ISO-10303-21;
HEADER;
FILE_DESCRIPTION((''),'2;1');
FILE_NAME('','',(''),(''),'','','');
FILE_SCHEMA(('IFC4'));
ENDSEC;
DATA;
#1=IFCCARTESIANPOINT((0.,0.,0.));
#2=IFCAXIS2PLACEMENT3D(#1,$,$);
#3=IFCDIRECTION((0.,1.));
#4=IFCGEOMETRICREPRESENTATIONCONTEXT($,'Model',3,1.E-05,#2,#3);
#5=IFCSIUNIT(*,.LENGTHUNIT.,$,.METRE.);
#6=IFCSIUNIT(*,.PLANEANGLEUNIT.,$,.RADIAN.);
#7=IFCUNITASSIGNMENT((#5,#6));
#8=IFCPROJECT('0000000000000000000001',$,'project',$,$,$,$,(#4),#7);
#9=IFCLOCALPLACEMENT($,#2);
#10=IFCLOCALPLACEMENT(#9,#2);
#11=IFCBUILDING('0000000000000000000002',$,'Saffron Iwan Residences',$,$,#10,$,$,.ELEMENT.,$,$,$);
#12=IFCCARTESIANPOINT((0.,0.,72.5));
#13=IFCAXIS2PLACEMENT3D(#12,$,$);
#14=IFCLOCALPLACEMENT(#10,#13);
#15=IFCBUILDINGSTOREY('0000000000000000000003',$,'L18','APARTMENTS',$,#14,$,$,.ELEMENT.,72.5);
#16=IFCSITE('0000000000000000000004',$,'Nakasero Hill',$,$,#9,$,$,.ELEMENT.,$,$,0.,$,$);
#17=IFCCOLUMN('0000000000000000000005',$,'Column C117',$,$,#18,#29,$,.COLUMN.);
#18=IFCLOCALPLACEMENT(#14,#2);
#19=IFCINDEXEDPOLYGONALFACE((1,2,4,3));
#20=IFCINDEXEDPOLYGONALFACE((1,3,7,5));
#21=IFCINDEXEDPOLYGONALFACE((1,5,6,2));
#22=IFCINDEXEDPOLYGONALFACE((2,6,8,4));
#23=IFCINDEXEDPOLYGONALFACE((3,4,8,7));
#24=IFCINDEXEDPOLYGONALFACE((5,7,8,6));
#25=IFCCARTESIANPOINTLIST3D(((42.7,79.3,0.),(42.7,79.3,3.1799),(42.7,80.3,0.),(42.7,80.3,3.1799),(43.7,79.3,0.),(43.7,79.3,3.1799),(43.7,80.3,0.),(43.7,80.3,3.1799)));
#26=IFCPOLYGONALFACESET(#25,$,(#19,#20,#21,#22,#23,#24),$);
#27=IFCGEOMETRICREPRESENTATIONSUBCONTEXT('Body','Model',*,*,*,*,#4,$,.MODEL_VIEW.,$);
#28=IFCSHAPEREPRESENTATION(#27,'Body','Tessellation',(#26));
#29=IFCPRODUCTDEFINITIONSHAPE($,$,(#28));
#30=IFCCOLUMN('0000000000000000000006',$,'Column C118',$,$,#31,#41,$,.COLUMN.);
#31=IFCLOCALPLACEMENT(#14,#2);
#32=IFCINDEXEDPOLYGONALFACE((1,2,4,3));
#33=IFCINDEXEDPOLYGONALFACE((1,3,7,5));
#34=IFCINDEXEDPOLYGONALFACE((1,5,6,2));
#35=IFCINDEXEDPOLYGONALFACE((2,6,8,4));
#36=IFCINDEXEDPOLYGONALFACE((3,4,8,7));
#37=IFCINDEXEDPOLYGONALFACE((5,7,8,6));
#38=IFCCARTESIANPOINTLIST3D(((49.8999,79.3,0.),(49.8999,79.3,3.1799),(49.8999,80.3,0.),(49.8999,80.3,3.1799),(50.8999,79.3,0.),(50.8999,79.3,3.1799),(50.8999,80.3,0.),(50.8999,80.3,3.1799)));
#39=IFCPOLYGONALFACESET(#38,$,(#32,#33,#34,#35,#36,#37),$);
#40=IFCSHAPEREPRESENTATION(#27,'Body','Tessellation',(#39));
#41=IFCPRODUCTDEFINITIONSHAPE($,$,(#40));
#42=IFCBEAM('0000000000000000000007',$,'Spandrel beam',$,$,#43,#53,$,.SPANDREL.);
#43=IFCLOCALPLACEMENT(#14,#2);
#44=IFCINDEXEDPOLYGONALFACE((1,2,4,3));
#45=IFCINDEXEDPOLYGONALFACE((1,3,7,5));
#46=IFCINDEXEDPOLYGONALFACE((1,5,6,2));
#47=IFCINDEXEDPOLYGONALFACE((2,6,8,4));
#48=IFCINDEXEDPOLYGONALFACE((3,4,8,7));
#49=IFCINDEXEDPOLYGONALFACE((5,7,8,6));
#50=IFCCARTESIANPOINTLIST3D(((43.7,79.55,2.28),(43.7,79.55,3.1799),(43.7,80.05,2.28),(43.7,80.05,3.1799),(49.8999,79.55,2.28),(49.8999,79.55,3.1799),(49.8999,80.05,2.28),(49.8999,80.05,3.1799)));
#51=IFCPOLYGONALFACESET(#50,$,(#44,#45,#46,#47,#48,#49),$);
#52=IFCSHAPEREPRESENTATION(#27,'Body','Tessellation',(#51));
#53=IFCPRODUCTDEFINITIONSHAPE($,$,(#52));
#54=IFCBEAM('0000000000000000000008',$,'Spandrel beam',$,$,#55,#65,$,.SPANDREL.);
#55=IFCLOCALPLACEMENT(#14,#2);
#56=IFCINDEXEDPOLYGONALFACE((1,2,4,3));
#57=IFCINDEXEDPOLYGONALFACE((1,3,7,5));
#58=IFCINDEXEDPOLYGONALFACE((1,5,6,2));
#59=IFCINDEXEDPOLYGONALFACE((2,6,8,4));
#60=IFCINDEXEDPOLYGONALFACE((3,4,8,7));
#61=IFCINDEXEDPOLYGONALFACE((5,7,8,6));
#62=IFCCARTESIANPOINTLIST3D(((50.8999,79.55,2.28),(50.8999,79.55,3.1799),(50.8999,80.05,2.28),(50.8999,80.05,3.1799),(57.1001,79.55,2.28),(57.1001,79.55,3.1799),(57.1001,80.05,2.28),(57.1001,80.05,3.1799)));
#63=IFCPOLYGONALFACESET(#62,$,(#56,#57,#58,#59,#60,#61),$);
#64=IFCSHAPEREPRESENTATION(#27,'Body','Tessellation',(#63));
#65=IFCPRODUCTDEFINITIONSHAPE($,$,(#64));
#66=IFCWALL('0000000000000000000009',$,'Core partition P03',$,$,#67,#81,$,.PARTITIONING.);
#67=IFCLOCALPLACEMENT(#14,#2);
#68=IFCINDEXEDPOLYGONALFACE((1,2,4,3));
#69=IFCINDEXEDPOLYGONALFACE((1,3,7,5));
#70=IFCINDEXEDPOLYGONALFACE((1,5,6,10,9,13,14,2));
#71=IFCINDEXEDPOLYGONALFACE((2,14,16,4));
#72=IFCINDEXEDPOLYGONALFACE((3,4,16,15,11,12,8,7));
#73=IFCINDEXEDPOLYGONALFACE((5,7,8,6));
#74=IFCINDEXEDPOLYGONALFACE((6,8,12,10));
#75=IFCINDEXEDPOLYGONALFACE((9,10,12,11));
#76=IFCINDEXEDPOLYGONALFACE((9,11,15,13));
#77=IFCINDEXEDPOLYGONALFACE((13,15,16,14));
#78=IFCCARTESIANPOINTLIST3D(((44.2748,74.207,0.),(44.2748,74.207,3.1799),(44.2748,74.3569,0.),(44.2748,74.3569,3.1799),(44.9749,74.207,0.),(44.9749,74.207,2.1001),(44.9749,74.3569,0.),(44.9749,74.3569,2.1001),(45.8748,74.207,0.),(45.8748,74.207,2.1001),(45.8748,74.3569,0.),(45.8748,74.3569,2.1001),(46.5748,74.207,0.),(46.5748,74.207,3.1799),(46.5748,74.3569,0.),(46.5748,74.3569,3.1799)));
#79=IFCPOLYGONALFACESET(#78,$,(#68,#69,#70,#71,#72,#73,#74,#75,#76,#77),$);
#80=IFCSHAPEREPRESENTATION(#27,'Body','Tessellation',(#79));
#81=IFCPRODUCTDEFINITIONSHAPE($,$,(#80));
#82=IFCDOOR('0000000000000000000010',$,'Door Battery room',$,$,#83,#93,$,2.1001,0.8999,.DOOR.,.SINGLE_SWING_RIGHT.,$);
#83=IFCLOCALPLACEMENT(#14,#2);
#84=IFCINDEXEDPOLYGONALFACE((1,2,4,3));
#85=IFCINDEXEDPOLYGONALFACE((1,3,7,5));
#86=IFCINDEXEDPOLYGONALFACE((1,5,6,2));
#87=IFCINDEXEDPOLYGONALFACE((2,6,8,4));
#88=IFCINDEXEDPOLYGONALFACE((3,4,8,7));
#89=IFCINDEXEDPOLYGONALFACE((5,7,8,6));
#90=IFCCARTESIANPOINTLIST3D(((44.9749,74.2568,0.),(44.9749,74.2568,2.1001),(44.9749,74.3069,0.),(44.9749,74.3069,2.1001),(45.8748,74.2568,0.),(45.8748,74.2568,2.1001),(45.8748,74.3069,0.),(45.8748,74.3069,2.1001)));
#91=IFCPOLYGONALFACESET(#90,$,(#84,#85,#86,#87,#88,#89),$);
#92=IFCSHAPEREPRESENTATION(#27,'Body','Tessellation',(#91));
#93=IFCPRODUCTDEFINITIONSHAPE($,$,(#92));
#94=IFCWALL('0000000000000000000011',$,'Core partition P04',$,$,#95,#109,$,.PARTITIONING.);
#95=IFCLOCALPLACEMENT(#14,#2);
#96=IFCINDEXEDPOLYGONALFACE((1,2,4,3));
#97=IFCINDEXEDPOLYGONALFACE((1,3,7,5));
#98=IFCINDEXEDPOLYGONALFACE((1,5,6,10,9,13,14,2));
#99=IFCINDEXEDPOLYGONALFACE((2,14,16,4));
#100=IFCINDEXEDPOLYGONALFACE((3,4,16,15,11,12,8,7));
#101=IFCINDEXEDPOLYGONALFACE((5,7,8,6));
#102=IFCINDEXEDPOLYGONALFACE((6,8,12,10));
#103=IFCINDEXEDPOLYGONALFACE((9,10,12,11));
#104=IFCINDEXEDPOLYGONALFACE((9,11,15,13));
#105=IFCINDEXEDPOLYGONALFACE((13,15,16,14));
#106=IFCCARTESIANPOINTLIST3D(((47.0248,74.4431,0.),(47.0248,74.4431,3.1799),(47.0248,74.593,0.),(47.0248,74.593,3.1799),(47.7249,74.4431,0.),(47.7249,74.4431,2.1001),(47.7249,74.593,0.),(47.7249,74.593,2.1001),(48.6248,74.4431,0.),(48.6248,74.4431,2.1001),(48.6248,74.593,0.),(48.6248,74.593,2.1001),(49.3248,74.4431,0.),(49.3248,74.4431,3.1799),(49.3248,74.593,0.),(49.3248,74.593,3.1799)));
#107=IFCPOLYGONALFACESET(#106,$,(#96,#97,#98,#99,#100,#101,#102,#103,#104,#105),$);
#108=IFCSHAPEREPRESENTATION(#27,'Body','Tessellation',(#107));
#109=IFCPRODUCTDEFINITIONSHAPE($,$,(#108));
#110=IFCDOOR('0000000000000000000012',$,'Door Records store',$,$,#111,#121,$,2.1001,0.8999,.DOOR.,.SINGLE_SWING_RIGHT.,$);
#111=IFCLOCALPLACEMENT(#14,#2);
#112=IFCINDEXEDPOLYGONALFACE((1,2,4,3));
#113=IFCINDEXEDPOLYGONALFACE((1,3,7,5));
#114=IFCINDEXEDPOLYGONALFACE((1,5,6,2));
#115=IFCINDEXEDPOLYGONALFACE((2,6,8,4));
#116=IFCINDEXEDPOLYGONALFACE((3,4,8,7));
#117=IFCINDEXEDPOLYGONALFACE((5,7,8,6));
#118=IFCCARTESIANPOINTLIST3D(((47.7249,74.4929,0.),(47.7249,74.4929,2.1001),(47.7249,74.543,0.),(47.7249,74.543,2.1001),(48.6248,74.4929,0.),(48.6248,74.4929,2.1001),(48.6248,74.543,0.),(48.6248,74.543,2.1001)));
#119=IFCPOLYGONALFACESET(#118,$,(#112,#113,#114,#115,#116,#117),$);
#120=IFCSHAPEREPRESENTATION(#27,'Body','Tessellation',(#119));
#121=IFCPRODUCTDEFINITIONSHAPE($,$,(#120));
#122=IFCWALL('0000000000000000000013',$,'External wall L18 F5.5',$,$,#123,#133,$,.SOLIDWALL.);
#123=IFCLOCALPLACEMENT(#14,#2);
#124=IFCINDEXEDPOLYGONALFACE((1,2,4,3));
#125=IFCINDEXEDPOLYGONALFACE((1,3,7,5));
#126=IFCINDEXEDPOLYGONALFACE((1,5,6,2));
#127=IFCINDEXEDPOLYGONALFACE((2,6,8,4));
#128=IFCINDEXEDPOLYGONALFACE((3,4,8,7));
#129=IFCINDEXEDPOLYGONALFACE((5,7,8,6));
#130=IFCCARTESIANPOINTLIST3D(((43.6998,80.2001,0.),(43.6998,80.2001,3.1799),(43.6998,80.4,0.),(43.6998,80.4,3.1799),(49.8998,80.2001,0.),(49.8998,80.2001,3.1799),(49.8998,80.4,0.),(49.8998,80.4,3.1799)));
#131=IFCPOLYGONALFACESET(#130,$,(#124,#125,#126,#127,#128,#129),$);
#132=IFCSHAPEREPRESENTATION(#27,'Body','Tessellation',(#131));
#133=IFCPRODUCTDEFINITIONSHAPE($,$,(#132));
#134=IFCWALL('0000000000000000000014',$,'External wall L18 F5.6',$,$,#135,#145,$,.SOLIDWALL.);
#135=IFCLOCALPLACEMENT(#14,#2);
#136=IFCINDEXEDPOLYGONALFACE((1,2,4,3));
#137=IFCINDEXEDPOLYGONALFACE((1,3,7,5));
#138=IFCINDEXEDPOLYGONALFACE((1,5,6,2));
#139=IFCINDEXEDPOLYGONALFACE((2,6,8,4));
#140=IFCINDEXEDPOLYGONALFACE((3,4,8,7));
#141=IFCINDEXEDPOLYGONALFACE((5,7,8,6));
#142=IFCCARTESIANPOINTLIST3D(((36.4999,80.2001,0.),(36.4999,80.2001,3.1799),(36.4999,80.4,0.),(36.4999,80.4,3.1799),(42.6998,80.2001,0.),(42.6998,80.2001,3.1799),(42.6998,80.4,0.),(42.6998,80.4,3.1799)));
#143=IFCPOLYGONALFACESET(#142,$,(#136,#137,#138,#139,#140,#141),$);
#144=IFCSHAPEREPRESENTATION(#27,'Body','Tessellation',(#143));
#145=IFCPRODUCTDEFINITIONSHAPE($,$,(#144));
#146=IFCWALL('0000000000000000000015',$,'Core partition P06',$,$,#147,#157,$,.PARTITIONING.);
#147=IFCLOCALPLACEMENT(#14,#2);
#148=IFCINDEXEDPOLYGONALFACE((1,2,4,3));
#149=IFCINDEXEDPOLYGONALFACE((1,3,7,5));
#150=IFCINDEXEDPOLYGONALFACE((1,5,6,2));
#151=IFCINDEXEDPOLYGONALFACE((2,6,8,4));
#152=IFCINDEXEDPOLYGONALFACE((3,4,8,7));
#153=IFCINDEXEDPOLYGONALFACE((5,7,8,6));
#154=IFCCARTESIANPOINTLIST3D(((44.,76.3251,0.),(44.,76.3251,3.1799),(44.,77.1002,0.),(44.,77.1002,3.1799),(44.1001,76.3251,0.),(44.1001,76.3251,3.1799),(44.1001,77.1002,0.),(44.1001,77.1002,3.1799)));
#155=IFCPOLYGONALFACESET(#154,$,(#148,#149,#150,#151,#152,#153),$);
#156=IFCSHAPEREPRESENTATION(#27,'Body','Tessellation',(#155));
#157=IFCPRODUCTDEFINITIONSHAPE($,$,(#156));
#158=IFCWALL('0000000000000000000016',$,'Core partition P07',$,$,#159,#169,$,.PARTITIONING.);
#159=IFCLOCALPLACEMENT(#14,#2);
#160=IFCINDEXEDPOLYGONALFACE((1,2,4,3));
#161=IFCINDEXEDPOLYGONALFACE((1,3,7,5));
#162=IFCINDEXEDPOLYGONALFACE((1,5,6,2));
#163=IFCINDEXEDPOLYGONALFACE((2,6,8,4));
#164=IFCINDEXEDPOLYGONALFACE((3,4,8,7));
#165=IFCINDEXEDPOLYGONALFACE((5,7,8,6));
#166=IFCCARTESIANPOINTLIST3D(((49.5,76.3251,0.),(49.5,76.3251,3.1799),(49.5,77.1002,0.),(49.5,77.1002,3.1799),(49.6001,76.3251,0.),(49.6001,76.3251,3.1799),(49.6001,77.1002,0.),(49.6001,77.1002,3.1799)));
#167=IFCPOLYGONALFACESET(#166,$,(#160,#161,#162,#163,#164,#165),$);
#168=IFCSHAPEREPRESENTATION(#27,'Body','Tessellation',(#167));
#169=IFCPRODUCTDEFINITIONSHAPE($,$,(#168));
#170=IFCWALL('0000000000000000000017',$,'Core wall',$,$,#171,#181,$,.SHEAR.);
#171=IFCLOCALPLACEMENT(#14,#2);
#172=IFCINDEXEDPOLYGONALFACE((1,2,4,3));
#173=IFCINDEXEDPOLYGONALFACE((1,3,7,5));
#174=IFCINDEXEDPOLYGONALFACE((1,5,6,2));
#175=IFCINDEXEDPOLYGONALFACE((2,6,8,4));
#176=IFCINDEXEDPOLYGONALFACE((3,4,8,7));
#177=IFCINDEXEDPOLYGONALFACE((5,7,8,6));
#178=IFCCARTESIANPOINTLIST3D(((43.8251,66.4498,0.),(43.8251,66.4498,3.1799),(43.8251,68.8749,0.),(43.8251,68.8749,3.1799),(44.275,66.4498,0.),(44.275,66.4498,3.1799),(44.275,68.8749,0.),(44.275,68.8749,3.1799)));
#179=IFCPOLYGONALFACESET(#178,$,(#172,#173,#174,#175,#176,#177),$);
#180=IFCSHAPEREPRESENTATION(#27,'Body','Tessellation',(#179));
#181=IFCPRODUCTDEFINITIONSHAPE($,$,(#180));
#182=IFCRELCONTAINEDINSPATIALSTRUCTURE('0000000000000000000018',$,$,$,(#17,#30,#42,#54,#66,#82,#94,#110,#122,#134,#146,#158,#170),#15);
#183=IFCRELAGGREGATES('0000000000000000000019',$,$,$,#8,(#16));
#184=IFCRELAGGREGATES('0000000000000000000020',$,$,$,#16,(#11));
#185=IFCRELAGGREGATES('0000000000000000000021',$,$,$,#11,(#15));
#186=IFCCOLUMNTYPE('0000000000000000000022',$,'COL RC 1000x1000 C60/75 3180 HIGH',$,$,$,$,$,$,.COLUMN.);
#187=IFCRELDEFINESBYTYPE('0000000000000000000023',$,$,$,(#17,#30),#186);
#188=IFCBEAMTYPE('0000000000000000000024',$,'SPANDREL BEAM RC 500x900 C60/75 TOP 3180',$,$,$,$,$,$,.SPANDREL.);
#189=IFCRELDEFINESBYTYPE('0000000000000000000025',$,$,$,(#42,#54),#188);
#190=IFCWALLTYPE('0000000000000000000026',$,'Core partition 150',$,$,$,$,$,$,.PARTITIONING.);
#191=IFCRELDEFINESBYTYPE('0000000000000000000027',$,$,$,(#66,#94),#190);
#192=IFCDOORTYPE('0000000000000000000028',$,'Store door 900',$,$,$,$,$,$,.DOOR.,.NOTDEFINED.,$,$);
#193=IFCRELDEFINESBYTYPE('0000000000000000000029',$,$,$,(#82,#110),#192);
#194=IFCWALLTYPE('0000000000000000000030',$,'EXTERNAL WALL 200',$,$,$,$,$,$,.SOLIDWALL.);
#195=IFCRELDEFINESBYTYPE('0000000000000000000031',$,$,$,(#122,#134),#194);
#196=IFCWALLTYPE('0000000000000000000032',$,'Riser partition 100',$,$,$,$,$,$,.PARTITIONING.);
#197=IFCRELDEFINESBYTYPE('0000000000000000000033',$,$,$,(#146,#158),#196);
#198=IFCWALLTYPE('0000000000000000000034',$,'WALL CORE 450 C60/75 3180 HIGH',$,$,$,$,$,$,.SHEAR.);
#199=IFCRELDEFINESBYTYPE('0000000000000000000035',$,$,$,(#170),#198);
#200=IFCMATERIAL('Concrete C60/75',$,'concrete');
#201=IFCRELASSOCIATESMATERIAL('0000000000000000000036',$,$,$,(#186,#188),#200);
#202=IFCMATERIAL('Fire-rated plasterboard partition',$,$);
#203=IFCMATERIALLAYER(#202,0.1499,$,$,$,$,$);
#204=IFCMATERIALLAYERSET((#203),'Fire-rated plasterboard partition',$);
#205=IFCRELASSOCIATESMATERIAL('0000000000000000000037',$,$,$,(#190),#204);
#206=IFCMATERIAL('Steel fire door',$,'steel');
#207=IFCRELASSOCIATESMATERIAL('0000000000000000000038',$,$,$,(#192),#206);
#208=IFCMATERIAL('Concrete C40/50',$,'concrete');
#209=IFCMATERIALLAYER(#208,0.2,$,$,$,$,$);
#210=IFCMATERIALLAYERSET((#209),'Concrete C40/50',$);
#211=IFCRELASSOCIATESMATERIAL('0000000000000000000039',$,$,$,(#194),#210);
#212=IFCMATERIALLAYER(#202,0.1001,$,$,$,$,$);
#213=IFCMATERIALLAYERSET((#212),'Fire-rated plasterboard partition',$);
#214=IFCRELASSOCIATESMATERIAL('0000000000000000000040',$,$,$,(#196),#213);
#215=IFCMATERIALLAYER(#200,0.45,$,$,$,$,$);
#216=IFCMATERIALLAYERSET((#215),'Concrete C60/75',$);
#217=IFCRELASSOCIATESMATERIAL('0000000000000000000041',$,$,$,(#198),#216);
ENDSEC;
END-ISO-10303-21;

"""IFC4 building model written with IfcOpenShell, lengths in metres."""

from ifc_helpers import new_model, si_unit, direction, frame, frame_2d, origin, origin_2d, place, context, subcontext, project, spatial, rectangle, extrude, source, transform, mapped, material, layer, layer_set, material_profile, profile_set, type_object, element, fill, save


model = new_model("IFC4")

# Units and contexts
model_context = context("Model", 3, precision=1e-05, world=origin(), true_north=direction((0.0, 1.0)))
body_context = subcontext(model_context, "Body", "Model", "MODEL_VIEW")
ifc_project = project(units=[si_unit("LENGTHUNIT", "METRE"), si_unit("PLANEANGLEUNIT", "RADIAN")], contexts=[model_context])

# Site, building, storey
site_placement = place(None, origin())
site = spatial("IfcSite", under=ifc_project, at=site_placement, Name="Nakasero Hill", CompositionType="ELEMENT", RefElevation=0.0)
building_placement = place(site_placement, origin())
building = spatial("IfcBuilding", under=site, at=building_placement, Name="Saffron Iwan Residences", CompositionType="ELEMENT")
storey_placement = place(building_placement, frame((0.0, 0.0, 72.5)))
storey = spatial("IfcBuildingStorey", under=building, at=storey_placement, Name="L18", Description="APARTMENTS", CompositionType="ELEMENT", Elevation=72.5)

# Columns
ifc_material_1 = material(Name="Concrete C60/75", Category="concrete")
ifc_material_profile_1 = material_profile(ifc_material_1, rectangle(XDim=1.0, YDim=1.0, at=origin_2d()), Name="RC 1000x1000")
ifc_profile_set_1 = profile_set([ifc_material_profile_1], Name="Concrete C60/75")
column_type = type_object("IfcColumnType", Name="COL RC 1000x1000 C60/75 3180 HIGH", PredefinedType="COLUMN", material=ifc_profile_set_1)
shared_shape_1 = source(origin(), body_context, "Body", "SweptSolid", [
    extrude(rectangle(XDim=1.0, YDim=1.0, at=origin_2d()), origin(), (0.0, 0.0, 1.0), 3.1799),
])
for number, where, z_axis, x_axis, name in (
    (1, (43.2, 79.8, 0.0), (0.0, 0.0, 1.0), (1.0, 0.0, 0.0), "Column C117"),
    (2, (50.3999, 79.8, 0.0), (0.0, 0.0, 1.0), (1.0, 0.0, 0.0), "Column C118"),
):
    element("IfcColumn", number, at=place(storey_placement, frame(where, z_axis=z_axis, x_axis=x_axis)), inside=storey, type_object=column_type, Name=name, PredefinedType="COLUMN", context=body_context, shape_type="MappedRepresentation", body=[
        mapped(shared_shape_1, transform((0.0, 0.0, 0.0))),
    ])

# Beams
ifc_material_profile_2 = material_profile(ifc_material_1, rectangle(XDim=0.5, YDim=0.8999, at=origin_2d()), Name="RC 500x900")
ifc_profile_set_2 = profile_set([ifc_material_profile_2], Name="Concrete C60/75")
beam_type = type_object("IfcBeamType", Name="SPANDREL BEAM RC 500x900 C60/75 TOP 3180", PredefinedType="SPANDREL", material=ifc_profile_set_2)
shared_shape_2 = source(origin(), body_context, "Body", "SweptSolid", [
    extrude(rectangle(XDim=0.5, YDim=0.8999, at=origin_2d()), origin(), (0.0, 0.0, 1.0), 6.2),
])
beam_1_placement = place(storey_placement, frame((43.7, 79.8, 2.73), z_axis=(1.0, 0.0, 0.0), x_axis=(0.0, 1.0, 0.0)))
element("IfcBeam", 3, at=beam_1_placement, inside=storey, type_object=beam_type, Name="Spandrel beam", PredefinedType="SPANDREL", context=body_context, shape_type="MappedRepresentation", body=[
    mapped(shared_shape_2, transform((0.0, 0.0, 0.0))),
])
shared_shape_3 = source(origin(), body_context, "Body", "SweptSolid", [
    extrude(rectangle(XDim=0.5, YDim=0.8999, at=origin_2d()), origin(), (0.0, 0.0, 1.0), 6.2002),
])
beam_2_placement = place(storey_placement, frame((50.8999, 79.8, 2.73), z_axis=(1.0, 0.0, 0.0), x_axis=(0.0, 1.0, 0.0)))
element("IfcBeam", 4, at=beam_2_placement, inside=storey, type_object=beam_type, Name="Spandrel beam", PredefinedType="SPANDREL", context=body_context, shape_type="MappedRepresentation", body=[
    mapped(shared_shape_3, transform((0.0, 0.0, 0.0))),
])

# Walls, openings, doors
ifc_material_2 = material(Name="Fire-rated plasterboard partition")
ifc_layer_1 = layer(ifc_material_2, 0.1499)
ifc_layer_set_1 = layer_set([ifc_layer_1], Name="Fire-rated plasterboard partition")
wall_type_1 = type_object("IfcWallType", Name="Core partition 150", PredefinedType="PARTITIONING", material=ifc_layer_set_1)
wall_1_placement = place(storey_placement, frame((44.2749, 74.282, 0.0), z_axis=(0.0, 0.0, 1.0), x_axis=(1.0, 0.0, 0.0)))
wall_1 = element("IfcWall", 5, at=wall_1_placement, inside=storey, type_object=wall_type_1, Name="Core partition P03", PredefinedType="PARTITIONING", context=body_context, shape_type="SweptSolid", body=[
    extrude(rectangle(XDim=2.3, YDim=0.1499, at=frame_2d((1.1499, 0.0))), origin(), (0.0, 0.0, 1.0), 3.1799),
])
opening_1_placement = place(wall_1_placement, frame((0.7, 0.0, 0.0)))
opening_1 = element("IfcOpeningElement", 6, at=opening_1_placement, cuts=wall_1, PredefinedType="OPENING", context=body_context, shape_type="SweptSolid", body=[
    extrude(rectangle(XDim=0.8999, YDim=2.1001, at=frame_2d((0.45, 1.05))), frame((0.0, 0.085, 0.0), z_axis=(0.0, -1.0, 0.0), x_axis=(1.0, 0.0, 0.0)), (0.0, 0.0, 1.0), 0.1699),
])
ifc_material_3 = material(Name="Steel fire door", Category="steel")
door_type = type_object("IfcDoorType", Name="Store door 900", OperationType="NOTDEFINED", PredefinedType="DOOR", material=ifc_material_3)
door_1_placement = place(opening_1_placement, origin())
door_1 = element("IfcDoor", 7, at=door_1_placement, inside=storey, type_object=door_type, Name="Door Battery room", OperationType="SINGLE_SWING_RIGHT", OverallHeight=2.1001, OverallWidth=0.8999, PredefinedType="DOOR", context=body_context, shape_type="SweptSolid", body=[
    extrude(rectangle(XDim=0.8999, YDim=2.1001, at=frame_2d((0.45, 1.05))), frame((0.0, 0.0249, 0.0), z_axis=(0.0, -1.0, 0.0), x_axis=(1.0, 0.0, 0.0)), (0.0, 0.0, 1.0), 0.05),
])
fill(opening_1, door_1)
wall_2_placement = place(storey_placement, frame((47.0249, 74.5181, 0.0), z_axis=(0.0, 0.0, 1.0), x_axis=(1.0, 0.0, 0.0)))
wall_2 = element("IfcWall", 8, at=wall_2_placement, inside=storey, type_object=wall_type_1, Name="Core partition P04", PredefinedType="PARTITIONING", context=body_context, shape_type="SweptSolid", body=[
    extrude(rectangle(XDim=2.3, YDim=0.1499, at=frame_2d((1.1499, 0.0))), origin(), (0.0, 0.0, 1.0), 3.1799),
])
opening_2_placement = place(wall_2_placement, frame((0.7, 0.0, 0.0)))
opening_2 = element("IfcOpeningElement", 9, at=opening_2_placement, cuts=wall_2, PredefinedType="OPENING", context=body_context, shape_type="SweptSolid", body=[
    extrude(rectangle(XDim=0.8999, YDim=2.1001, at=frame_2d((0.45, 1.05))), frame((0.0, 0.085, 0.0), z_axis=(0.0, -1.0, 0.0), x_axis=(1.0, 0.0, 0.0)), (0.0, 0.0, 1.0), 0.1699),
])
door_2_placement = place(opening_2_placement, origin())
door_2 = element("IfcDoor", 10, at=door_2_placement, inside=storey, type_object=door_type, Name="Door Records store", OperationType="SINGLE_SWING_RIGHT", OverallHeight=2.1001, OverallWidth=0.8999, PredefinedType="DOOR", context=body_context, shape_type="SweptSolid", body=[
    extrude(rectangle(XDim=0.8999, YDim=2.1001, at=frame_2d((0.45, 1.05))), frame((0.0, 0.0249, 0.0), z_axis=(0.0, -1.0, 0.0), x_axis=(1.0, 0.0, 0.0)), (0.0, 0.0, 1.0), 0.05),
])
fill(opening_2, door_2)

# Walls
ifc_material_4 = material(Name="Concrete C40/50", Category="concrete")
ifc_layer_2 = layer(ifc_material_4, 0.2)
ifc_layer_set_2 = layer_set([ifc_layer_2], Name="Concrete C40/50")
wall_type_2 = type_object("IfcWallType", Name="EXTERNAL WALL 200", PredefinedType="SOLIDWALL", material=ifc_layer_set_2)
for number, where, z_axis, x_axis, name in (
    (11, (49.8999, 80.3, 0.0), (0.0, 0.0, 1.0), (-1.0, 0.0, 0.0), "External wall L18 F5.5"),
    (12, (42.7, 80.3, 0.0), (0.0, 0.0, 1.0), (-1.0, 0.0, 0.0), "External wall L18 F5.6"),
):
    element("IfcWall", number, at=place(storey_placement, frame(where, z_axis=z_axis, x_axis=x_axis)), inside=storey, type_object=wall_type_2, Name=name, PredefinedType="SOLIDWALL", context=body_context, shape_type="SweptSolid", body=[
        extrude(rectangle(XDim=6.2, YDim=0.2, at=frame_2d((3.1001, 0.0))), origin(), (0.0, 0.0, 1.0), 3.1799),
    ])
ifc_layer_3 = layer(ifc_material_2, 0.1001)
ifc_layer_set_3 = layer_set([ifc_layer_3], Name="Fire-rated plasterboard partition")
wall_type_3 = type_object("IfcWallType", Name="Riser partition 100", PredefinedType="PARTITIONING", material=ifc_layer_set_3)
for number, where, z_axis, x_axis, name in (
    (13, (44.05, 76.325, 0.0), (0.0, 0.0, 1.0), (0.0, 1.0, 0.0), "Core partition P06"),
    (14, (49.55, 76.325, 0.0), (0.0, 0.0, 1.0), (0.0, 1.0, 0.0), "Core partition P07"),
):
    element("IfcWall", number, at=place(storey_placement, frame(where, z_axis=z_axis, x_axis=x_axis)), inside=storey, type_object=wall_type_3, Name=name, PredefinedType="PARTITIONING", context=body_context, shape_type="SweptSolid", body=[
        extrude(rectangle(XDim=0.7751, YDim=0.1001, at=frame_2d((0.3877, 0.0))), origin(), (0.0, 0.0, 1.0), 3.1799),
    ])
ifc_layer_4 = layer(ifc_material_1, 0.45)
ifc_layer_set_4 = layer_set([ifc_layer_4], Name="Concrete C60/75")
wall_type_4 = type_object("IfcWallType", Name="WALL CORE 450 C60/75 3180 HIGH", PredefinedType="SHEAR", material=ifc_layer_set_4)
for number, where, z_axis, x_axis, name in (
    (15, (44.05, 66.45, 0.0), (0.0, 0.0, 1.0), (0.0, 1.0, 0.0), "Core wall"),
):
    element("IfcWall", number, at=place(storey_placement, frame(where, z_axis=z_axis, x_axis=x_axis)), inside=storey, type_object=wall_type_4, Name=name, PredefinedType="SHEAR", context=body_context, shape_type="SweptSolid", body=[
        extrude(rectangle(XDim=2.425, YDim=0.45, at=frame_2d((1.2124, 0.0))), origin(), (0.0, 0.0, 1.0), 3.1799),
    ])

save(model, "model.ifc")
